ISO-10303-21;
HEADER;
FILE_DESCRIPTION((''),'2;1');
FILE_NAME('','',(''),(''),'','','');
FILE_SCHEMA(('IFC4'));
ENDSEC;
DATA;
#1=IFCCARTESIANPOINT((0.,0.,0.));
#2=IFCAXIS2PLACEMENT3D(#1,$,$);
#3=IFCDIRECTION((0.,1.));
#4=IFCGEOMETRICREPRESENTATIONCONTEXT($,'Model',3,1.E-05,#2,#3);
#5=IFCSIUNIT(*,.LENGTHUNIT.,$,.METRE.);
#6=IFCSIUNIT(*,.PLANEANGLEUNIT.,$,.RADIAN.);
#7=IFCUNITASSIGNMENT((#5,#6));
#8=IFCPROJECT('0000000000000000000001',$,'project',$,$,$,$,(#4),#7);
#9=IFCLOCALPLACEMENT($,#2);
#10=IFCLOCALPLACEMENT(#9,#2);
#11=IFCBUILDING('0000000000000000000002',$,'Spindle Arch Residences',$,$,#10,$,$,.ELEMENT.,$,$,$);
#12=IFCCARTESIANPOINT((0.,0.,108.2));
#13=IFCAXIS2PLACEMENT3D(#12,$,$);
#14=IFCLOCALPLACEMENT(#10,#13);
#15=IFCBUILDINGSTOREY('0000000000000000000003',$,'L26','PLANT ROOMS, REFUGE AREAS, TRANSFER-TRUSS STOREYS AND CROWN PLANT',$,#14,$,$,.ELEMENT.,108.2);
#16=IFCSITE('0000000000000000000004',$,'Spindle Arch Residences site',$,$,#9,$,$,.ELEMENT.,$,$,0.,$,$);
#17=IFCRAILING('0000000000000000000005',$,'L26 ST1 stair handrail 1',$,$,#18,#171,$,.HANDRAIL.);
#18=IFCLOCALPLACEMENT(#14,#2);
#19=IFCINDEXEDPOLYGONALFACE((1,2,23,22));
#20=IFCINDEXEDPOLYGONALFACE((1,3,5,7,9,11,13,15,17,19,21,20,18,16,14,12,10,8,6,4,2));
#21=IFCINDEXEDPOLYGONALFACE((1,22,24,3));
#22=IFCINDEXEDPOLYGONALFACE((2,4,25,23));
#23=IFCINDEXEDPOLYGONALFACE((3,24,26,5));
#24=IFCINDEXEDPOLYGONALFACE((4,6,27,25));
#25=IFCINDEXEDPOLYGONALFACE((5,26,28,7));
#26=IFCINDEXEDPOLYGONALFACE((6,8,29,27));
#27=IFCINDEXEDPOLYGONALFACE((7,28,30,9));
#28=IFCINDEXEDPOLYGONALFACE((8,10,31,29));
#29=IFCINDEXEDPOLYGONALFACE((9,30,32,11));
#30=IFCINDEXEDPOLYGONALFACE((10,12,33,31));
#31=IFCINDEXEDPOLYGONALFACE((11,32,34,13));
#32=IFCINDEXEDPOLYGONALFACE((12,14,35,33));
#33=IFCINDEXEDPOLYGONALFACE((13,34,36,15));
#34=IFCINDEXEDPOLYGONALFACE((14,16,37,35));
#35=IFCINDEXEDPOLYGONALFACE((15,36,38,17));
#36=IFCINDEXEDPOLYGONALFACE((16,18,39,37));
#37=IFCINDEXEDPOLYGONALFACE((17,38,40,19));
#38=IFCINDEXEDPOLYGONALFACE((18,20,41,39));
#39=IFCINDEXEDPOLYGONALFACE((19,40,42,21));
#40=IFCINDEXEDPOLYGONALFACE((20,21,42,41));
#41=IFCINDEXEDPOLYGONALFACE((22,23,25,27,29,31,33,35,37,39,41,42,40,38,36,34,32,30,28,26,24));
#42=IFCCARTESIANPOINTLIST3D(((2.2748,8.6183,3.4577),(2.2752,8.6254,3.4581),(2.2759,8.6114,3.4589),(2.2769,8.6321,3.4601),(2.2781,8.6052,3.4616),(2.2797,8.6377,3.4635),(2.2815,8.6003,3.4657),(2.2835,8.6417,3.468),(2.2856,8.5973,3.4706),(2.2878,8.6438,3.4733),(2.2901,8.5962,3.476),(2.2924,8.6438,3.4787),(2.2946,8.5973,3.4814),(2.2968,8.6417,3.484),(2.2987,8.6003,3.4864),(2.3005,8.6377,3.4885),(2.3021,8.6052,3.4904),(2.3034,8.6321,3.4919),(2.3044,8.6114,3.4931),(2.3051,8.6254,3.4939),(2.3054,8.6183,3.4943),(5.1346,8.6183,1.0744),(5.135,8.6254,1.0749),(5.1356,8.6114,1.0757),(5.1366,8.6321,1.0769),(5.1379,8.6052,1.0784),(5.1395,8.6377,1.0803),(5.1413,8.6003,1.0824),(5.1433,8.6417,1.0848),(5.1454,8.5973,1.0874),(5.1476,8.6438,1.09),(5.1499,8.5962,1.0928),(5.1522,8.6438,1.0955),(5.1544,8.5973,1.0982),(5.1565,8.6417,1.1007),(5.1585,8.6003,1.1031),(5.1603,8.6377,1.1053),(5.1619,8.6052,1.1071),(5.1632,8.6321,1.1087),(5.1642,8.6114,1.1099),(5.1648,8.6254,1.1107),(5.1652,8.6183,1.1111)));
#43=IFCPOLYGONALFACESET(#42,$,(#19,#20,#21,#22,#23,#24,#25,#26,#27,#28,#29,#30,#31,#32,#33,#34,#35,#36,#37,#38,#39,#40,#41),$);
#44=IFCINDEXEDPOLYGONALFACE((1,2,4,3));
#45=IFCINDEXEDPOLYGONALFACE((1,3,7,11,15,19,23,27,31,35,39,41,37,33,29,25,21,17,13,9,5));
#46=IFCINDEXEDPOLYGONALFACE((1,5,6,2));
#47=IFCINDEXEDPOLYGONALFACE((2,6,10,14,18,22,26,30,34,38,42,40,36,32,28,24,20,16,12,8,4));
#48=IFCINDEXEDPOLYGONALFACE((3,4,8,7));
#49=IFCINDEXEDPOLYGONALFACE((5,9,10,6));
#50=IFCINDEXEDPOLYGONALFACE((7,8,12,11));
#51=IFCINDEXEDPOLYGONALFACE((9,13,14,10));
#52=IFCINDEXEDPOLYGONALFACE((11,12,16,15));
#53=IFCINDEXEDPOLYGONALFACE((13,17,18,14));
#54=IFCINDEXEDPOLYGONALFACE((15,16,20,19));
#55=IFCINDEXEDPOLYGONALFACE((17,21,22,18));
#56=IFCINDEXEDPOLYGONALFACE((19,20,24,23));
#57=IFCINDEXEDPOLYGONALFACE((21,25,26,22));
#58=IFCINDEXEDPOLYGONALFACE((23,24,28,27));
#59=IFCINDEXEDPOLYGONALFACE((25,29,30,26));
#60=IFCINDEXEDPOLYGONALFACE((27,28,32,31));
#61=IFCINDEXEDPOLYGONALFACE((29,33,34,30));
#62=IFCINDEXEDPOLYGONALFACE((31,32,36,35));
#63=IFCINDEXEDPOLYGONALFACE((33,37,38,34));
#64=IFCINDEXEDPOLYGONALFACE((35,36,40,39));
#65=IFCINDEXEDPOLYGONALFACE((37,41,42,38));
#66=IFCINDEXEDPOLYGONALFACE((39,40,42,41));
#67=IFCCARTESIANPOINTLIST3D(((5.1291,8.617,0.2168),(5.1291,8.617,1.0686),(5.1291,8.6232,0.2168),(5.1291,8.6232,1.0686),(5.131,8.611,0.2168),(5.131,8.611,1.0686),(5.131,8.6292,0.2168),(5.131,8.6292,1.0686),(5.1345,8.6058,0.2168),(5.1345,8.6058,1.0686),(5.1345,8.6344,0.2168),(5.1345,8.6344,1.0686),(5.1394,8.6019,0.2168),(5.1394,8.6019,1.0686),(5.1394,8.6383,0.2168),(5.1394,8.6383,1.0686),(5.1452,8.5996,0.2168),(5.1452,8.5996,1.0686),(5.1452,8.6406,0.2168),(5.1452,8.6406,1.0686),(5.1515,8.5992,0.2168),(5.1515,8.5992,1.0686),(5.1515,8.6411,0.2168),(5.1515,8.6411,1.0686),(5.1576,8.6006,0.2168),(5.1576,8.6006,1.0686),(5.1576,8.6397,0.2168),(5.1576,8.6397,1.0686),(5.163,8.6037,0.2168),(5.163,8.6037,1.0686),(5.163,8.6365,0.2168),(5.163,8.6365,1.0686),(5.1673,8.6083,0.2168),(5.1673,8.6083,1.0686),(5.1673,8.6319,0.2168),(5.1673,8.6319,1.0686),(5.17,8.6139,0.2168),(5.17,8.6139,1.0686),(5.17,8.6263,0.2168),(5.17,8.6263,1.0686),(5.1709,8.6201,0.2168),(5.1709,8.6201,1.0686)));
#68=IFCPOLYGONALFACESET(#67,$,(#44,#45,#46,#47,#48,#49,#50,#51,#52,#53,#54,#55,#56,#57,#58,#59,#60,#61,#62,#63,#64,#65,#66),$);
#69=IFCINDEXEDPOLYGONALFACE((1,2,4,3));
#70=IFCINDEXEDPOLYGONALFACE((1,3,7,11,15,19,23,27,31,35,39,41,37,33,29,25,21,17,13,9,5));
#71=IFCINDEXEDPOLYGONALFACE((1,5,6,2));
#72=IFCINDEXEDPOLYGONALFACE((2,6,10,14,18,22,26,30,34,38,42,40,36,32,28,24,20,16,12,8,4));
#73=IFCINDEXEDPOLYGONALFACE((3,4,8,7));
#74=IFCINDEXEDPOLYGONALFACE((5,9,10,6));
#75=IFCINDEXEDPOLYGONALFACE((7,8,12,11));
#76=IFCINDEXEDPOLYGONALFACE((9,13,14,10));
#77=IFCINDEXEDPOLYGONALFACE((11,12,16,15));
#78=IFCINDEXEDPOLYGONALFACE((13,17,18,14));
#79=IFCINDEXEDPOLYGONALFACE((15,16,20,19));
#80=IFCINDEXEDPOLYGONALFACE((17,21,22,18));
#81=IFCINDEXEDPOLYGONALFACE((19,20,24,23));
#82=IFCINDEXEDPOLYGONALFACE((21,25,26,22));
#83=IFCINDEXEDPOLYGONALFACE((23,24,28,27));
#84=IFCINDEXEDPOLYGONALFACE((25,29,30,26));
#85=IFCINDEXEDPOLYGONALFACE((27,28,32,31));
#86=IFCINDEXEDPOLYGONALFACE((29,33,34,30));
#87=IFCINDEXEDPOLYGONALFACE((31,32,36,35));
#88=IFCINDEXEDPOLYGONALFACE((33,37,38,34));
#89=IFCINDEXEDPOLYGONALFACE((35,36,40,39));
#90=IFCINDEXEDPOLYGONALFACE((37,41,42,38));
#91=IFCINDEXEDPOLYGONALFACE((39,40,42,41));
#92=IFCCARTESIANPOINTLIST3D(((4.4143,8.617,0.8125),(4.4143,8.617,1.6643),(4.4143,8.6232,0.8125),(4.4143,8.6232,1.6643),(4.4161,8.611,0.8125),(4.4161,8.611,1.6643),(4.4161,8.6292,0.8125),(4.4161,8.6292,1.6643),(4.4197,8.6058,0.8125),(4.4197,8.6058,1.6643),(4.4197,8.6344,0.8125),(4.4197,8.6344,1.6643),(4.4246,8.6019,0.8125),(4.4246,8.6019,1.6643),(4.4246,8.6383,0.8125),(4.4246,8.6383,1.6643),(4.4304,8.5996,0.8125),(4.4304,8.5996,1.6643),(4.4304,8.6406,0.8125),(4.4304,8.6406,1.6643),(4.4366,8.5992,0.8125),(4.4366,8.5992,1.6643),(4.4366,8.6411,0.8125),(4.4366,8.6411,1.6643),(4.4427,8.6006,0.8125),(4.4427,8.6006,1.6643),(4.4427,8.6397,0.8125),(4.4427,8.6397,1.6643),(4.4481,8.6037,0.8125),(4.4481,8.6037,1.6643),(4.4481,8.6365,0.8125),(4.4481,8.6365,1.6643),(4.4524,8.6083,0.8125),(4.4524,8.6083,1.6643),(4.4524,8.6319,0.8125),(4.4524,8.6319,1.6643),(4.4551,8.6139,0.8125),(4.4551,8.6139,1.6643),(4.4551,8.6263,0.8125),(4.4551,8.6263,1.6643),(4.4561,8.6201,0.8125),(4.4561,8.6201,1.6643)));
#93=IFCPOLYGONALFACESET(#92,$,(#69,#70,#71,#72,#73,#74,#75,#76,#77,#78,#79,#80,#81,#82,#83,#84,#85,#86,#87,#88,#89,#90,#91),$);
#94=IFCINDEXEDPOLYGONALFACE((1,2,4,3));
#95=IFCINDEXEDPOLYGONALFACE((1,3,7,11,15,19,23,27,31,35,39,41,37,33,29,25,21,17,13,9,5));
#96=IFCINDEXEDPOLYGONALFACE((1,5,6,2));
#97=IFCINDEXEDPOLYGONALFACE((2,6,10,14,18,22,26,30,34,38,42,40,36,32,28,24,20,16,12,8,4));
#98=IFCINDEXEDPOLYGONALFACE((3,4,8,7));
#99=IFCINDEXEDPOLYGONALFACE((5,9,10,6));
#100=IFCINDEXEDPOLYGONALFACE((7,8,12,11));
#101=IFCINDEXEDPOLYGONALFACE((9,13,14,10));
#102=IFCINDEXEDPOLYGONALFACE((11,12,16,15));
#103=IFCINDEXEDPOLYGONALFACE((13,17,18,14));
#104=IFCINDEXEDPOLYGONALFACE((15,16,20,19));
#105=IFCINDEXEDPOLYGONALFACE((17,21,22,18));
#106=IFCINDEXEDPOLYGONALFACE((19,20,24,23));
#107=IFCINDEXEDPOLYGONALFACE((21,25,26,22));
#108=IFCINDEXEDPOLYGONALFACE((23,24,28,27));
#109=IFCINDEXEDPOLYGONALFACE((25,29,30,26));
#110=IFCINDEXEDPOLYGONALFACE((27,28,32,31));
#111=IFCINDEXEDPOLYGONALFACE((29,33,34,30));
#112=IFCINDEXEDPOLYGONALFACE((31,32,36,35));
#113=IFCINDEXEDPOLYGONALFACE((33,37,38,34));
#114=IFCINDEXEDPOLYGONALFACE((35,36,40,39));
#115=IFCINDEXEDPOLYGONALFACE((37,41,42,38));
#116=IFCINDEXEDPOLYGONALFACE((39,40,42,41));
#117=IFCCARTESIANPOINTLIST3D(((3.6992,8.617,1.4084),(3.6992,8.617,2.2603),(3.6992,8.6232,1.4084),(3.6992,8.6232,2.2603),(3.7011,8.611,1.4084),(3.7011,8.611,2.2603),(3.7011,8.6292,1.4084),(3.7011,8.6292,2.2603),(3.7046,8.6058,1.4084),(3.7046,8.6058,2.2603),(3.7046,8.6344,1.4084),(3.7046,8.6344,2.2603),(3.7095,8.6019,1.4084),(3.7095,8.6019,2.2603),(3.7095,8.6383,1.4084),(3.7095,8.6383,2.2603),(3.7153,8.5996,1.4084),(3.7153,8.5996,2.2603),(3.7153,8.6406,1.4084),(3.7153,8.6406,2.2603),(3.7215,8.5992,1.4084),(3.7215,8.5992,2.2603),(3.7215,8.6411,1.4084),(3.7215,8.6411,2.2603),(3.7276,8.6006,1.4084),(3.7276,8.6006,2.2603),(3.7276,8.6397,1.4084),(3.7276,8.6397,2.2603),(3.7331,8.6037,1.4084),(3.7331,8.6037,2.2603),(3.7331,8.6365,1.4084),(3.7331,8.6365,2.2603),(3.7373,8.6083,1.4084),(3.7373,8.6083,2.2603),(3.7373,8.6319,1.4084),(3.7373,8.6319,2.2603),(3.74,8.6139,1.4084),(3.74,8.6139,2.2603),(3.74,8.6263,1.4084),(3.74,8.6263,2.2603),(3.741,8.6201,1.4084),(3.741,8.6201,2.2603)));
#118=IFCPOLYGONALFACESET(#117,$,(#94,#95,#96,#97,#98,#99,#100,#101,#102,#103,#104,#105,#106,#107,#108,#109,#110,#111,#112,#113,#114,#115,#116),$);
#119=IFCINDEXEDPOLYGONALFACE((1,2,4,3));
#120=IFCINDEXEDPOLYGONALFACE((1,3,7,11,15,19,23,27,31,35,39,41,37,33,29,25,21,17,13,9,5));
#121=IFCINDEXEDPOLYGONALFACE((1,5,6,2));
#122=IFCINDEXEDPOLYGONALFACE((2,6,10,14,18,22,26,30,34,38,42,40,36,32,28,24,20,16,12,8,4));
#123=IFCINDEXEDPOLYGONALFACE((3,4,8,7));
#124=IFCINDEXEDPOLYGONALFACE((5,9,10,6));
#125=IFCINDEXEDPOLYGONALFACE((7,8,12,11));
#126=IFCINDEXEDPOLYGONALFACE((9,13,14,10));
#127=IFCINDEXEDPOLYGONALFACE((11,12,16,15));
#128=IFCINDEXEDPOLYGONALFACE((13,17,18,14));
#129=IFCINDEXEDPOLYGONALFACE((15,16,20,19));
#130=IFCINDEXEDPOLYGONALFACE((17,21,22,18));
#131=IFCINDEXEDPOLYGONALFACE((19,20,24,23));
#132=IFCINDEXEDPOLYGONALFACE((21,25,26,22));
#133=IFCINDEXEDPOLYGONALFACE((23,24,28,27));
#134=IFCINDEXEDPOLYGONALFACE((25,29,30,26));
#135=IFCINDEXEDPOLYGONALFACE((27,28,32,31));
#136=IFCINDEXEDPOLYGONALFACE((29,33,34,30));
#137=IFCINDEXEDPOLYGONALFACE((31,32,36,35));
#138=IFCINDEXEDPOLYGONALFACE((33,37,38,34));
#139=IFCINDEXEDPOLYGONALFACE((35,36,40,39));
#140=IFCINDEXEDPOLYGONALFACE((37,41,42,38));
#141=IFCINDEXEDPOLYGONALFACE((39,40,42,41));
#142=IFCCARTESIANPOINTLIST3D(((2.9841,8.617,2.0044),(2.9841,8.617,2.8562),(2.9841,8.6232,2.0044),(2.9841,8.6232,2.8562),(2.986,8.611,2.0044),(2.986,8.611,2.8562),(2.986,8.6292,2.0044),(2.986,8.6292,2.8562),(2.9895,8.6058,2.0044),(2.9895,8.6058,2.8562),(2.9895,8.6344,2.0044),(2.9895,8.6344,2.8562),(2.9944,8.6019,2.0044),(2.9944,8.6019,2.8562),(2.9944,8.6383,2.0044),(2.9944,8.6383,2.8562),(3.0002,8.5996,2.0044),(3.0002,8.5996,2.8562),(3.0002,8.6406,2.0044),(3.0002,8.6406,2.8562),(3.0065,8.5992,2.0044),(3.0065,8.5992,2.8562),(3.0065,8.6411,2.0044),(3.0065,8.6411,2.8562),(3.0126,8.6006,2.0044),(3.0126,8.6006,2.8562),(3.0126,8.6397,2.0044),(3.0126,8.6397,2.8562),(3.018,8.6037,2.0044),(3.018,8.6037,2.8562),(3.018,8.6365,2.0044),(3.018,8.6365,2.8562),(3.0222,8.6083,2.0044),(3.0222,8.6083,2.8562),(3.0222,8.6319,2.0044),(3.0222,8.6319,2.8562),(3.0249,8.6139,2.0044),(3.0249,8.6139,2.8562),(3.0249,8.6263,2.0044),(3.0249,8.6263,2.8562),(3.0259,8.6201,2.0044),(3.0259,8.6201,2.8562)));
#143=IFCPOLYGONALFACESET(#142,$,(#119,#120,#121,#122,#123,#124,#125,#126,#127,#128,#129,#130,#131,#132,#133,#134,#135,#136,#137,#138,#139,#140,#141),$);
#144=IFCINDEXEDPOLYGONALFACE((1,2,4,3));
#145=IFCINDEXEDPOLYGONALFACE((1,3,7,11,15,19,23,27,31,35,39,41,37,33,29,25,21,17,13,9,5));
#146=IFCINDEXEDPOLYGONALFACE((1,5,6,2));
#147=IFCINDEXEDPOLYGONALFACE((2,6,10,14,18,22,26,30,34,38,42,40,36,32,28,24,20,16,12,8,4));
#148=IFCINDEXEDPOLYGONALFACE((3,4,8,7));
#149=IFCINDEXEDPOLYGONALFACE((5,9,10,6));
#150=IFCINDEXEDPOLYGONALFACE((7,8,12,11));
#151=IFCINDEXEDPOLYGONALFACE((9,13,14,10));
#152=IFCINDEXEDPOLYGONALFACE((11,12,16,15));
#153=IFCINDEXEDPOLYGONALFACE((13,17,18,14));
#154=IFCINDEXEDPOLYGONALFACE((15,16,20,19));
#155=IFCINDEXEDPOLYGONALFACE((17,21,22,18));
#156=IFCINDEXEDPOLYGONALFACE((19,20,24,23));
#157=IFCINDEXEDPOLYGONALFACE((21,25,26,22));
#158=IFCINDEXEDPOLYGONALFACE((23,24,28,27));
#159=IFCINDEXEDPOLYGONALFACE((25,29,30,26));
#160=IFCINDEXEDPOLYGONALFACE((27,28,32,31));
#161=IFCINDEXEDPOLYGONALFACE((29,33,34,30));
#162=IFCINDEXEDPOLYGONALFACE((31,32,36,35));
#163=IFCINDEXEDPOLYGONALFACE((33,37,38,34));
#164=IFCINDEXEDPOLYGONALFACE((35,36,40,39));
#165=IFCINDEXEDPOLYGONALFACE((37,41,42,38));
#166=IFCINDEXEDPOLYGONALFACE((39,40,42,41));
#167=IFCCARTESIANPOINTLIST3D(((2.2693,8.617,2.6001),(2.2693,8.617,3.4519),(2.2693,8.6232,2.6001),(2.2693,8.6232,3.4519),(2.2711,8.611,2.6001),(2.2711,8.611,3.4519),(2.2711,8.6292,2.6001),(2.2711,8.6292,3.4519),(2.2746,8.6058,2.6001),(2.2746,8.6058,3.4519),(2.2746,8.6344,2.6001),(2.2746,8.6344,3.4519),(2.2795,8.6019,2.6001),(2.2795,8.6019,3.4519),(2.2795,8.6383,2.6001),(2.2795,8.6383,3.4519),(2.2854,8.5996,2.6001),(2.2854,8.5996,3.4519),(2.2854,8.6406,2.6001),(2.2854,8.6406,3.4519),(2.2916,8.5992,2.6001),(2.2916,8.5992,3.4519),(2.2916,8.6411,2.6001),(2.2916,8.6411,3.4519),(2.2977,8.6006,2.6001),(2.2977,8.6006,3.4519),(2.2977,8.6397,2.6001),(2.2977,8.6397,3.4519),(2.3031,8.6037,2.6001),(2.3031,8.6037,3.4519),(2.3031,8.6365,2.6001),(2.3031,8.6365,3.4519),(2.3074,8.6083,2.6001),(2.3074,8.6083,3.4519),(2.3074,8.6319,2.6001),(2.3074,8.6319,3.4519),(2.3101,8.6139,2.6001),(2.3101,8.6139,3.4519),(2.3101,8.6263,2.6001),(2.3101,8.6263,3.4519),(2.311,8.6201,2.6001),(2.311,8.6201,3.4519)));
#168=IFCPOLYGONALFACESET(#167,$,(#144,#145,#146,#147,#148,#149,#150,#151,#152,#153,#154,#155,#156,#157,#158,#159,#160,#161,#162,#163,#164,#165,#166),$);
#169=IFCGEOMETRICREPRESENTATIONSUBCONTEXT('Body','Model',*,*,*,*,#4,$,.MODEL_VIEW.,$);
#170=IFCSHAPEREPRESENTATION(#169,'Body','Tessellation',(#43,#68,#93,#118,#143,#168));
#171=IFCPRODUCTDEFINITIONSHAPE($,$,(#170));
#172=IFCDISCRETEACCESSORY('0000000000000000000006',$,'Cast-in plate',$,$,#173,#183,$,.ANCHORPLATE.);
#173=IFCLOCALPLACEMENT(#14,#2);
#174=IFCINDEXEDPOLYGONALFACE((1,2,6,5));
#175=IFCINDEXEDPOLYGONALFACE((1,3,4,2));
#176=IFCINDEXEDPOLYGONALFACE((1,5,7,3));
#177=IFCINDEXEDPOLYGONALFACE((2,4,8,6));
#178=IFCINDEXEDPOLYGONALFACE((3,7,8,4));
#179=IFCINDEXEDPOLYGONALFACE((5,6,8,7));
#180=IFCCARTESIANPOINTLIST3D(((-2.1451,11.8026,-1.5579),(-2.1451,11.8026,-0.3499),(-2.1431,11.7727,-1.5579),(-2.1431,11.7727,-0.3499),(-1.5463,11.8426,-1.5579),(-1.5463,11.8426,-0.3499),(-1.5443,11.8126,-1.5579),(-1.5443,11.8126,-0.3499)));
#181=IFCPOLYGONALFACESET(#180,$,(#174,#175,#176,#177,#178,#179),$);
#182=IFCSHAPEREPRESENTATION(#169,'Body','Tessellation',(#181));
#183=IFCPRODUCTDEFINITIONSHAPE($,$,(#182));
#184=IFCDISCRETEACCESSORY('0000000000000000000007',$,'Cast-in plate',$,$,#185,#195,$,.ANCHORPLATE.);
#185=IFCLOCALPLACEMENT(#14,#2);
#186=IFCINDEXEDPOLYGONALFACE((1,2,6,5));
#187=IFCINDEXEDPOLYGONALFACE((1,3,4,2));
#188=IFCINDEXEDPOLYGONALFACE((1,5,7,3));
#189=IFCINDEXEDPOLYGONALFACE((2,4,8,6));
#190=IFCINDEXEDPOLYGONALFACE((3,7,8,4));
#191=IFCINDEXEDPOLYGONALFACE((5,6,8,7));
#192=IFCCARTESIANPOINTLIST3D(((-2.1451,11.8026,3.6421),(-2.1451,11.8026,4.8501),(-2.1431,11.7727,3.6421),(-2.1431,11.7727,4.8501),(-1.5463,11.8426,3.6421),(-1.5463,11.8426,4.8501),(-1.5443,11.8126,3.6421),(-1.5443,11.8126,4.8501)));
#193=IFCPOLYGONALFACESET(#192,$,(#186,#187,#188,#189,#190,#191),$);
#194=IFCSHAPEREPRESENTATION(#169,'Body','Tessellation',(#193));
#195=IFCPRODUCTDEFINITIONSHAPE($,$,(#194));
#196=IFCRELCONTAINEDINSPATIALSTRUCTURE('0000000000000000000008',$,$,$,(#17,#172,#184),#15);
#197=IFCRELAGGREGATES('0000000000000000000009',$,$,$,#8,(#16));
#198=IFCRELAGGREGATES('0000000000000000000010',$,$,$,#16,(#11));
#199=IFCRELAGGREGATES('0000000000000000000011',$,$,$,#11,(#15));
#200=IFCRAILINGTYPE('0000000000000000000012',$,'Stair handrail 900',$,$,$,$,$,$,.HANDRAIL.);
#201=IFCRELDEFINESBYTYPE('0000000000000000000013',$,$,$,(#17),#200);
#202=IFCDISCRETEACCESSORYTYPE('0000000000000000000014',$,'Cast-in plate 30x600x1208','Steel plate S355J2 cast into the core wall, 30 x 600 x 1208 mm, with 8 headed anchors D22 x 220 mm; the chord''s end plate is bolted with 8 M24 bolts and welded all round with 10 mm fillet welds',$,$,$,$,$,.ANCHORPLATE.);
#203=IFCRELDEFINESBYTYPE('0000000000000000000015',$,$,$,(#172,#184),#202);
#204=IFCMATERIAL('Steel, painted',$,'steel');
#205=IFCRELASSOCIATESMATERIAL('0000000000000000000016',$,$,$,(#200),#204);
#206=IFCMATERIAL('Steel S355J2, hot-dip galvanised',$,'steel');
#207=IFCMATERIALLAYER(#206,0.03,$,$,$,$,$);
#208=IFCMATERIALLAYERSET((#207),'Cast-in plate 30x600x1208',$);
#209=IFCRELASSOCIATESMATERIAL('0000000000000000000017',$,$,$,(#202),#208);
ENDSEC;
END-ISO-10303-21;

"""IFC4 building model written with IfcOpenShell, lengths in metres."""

from ifc_helpers import new_model, si_unit, direction, frame, origin, origin_2d, place, context, subcontext, project, spatial, rectangle, circle, extrude, material, layer, layer_set, type_object, element, save


model = new_model("IFC4")

# Units and contexts
model_context = context("Model", 3, precision=1e-05, world=origin(), true_north=direction((0.0, 1.0)))
body_context = subcontext(model_context, "Body", "Model", "MODEL_VIEW")
ifc_project = project(units=[si_unit("LENGTHUNIT", "METRE"), si_unit("PLANEANGLEUNIT", "RADIAN")], contexts=[model_context])

# Site, building, storey
site_placement = place(None, origin())
site = spatial("IfcSite", under=ifc_project, at=site_placement, Name="Spindle Arch Residences site", CompositionType="ELEMENT", RefElevation=0.0)
building_placement = place(site_placement, origin())
building = spatial("IfcBuilding", under=site, at=building_placement, Name="Spindle Arch Residences", CompositionType="ELEMENT")
storey_placement = place(building_placement, frame((0.0, 0.0, 108.2)))
storey = spatial("IfcBuildingStorey", under=building, at=storey_placement, Name="L26", Description="PLANT ROOMS, REFUGE AREAS, TRANSFER-TRUSS STOREYS AND CROWN PLANT", CompositionType="ELEMENT", Elevation=108.2)

# Railing
ifc_material_1 = material(Name="Steel, painted", Category="steel")
railing_type = type_object("IfcRailingType", Name="Stair handrail 900", PredefinedType="HANDRAIL", material=ifc_material_1)
railing_placement = place(storey_placement, frame((5.1499, 8.6201, 0.2168)))
element("IfcRailing", 1, at=railing_placement, inside=storey, type_object=railing_type, Name="L26 ST1 stair handrail 1", PredefinedType="HANDRAIL", context=body_context, shape_type="SweptSolid", body=[
    extrude(circle(Radius=0.0239, at=origin_2d()), frame((0.0, 0.0, 0.876), z_axis=(-0.768211, 0.0, 0.640197), x_axis=(0.0, -1.0, 0.0)), (0.0, 0.0, 1.0), 3.7227),
    extrude(circle(Radius=0.021, at=origin_2d()), origin(), (0.0, 0.0, 1.0), 0.8518),
    extrude(circle(Radius=0.021, at=origin_2d()), frame((-0.7148, 0.0, 0.5957)), (0.0, 0.0, 1.0), 0.8518),
    extrude(circle(Radius=0.021, at=origin_2d()), frame((-1.4299, 0.0, 1.1917)), (0.0, 0.0, 1.0), 0.8518),
    extrude(circle(Radius=0.021, at=origin_2d()), frame((-2.145, 0.0, 1.7876)), (0.0, 0.0, 1.0), 0.8518),
    extrude(circle(Radius=0.021, at=origin_2d()), frame((-2.8599, 0.0, 2.3833)), (0.0, 0.0, 1.0), 0.8518),
])

# Discrete accessories
ifc_material_2 = material(Name="Steel S355J2, hot-dip galvanised", Category="steel")
ifc_layer_1 = layer(ifc_material_2, 0.03)
ifc_layer_set_1 = layer_set([ifc_layer_1], Name="Cast-in plate 30x600x1208")
discrete_accessory_type = type_object("IfcDiscreteAccessoryType", Name="Cast-in plate 30x600x1208", Description="Steel plate S355J2 cast into the core wall, 30 x 600 x 1208 mm, with 8 headed anchors D22 x 220 mm; the chord's end plate is bolted with 8 M24 bolts and welded all round with 10 mm fillet welds", PredefinedType="ANCHORPLATE", material=ifc_layer_set_1)
for number, where, z_axis, x_axis, name in (
    (2, (-1.8447, 11.8076, -1.5579), (0.0, 0.0, 1.0), (-0.066512, 0.997786, 0.0), "Cast-in plate"),
    (3, (-1.8447, 11.8076, 3.6421), (0.0, 0.0, 1.0), (-0.066512, 0.997786, 0.0), "Cast-in plate"),
):
    element("IfcDiscreteAccessory", number, at=place(storey_placement, frame(where, z_axis=z_axis, x_axis=x_axis)), inside=storey, type_object=discrete_accessory_type, Name=name, PredefinedType="ANCHORPLATE", context=body_context, shape_type="SweptSolid", body=[
        extrude(rectangle(XDim=0.03, YDim=0.6001, at=origin_2d()), origin(), (0.0, 0.0, 1.0), 1.208),
    ])

save(model, "model.ifc")
